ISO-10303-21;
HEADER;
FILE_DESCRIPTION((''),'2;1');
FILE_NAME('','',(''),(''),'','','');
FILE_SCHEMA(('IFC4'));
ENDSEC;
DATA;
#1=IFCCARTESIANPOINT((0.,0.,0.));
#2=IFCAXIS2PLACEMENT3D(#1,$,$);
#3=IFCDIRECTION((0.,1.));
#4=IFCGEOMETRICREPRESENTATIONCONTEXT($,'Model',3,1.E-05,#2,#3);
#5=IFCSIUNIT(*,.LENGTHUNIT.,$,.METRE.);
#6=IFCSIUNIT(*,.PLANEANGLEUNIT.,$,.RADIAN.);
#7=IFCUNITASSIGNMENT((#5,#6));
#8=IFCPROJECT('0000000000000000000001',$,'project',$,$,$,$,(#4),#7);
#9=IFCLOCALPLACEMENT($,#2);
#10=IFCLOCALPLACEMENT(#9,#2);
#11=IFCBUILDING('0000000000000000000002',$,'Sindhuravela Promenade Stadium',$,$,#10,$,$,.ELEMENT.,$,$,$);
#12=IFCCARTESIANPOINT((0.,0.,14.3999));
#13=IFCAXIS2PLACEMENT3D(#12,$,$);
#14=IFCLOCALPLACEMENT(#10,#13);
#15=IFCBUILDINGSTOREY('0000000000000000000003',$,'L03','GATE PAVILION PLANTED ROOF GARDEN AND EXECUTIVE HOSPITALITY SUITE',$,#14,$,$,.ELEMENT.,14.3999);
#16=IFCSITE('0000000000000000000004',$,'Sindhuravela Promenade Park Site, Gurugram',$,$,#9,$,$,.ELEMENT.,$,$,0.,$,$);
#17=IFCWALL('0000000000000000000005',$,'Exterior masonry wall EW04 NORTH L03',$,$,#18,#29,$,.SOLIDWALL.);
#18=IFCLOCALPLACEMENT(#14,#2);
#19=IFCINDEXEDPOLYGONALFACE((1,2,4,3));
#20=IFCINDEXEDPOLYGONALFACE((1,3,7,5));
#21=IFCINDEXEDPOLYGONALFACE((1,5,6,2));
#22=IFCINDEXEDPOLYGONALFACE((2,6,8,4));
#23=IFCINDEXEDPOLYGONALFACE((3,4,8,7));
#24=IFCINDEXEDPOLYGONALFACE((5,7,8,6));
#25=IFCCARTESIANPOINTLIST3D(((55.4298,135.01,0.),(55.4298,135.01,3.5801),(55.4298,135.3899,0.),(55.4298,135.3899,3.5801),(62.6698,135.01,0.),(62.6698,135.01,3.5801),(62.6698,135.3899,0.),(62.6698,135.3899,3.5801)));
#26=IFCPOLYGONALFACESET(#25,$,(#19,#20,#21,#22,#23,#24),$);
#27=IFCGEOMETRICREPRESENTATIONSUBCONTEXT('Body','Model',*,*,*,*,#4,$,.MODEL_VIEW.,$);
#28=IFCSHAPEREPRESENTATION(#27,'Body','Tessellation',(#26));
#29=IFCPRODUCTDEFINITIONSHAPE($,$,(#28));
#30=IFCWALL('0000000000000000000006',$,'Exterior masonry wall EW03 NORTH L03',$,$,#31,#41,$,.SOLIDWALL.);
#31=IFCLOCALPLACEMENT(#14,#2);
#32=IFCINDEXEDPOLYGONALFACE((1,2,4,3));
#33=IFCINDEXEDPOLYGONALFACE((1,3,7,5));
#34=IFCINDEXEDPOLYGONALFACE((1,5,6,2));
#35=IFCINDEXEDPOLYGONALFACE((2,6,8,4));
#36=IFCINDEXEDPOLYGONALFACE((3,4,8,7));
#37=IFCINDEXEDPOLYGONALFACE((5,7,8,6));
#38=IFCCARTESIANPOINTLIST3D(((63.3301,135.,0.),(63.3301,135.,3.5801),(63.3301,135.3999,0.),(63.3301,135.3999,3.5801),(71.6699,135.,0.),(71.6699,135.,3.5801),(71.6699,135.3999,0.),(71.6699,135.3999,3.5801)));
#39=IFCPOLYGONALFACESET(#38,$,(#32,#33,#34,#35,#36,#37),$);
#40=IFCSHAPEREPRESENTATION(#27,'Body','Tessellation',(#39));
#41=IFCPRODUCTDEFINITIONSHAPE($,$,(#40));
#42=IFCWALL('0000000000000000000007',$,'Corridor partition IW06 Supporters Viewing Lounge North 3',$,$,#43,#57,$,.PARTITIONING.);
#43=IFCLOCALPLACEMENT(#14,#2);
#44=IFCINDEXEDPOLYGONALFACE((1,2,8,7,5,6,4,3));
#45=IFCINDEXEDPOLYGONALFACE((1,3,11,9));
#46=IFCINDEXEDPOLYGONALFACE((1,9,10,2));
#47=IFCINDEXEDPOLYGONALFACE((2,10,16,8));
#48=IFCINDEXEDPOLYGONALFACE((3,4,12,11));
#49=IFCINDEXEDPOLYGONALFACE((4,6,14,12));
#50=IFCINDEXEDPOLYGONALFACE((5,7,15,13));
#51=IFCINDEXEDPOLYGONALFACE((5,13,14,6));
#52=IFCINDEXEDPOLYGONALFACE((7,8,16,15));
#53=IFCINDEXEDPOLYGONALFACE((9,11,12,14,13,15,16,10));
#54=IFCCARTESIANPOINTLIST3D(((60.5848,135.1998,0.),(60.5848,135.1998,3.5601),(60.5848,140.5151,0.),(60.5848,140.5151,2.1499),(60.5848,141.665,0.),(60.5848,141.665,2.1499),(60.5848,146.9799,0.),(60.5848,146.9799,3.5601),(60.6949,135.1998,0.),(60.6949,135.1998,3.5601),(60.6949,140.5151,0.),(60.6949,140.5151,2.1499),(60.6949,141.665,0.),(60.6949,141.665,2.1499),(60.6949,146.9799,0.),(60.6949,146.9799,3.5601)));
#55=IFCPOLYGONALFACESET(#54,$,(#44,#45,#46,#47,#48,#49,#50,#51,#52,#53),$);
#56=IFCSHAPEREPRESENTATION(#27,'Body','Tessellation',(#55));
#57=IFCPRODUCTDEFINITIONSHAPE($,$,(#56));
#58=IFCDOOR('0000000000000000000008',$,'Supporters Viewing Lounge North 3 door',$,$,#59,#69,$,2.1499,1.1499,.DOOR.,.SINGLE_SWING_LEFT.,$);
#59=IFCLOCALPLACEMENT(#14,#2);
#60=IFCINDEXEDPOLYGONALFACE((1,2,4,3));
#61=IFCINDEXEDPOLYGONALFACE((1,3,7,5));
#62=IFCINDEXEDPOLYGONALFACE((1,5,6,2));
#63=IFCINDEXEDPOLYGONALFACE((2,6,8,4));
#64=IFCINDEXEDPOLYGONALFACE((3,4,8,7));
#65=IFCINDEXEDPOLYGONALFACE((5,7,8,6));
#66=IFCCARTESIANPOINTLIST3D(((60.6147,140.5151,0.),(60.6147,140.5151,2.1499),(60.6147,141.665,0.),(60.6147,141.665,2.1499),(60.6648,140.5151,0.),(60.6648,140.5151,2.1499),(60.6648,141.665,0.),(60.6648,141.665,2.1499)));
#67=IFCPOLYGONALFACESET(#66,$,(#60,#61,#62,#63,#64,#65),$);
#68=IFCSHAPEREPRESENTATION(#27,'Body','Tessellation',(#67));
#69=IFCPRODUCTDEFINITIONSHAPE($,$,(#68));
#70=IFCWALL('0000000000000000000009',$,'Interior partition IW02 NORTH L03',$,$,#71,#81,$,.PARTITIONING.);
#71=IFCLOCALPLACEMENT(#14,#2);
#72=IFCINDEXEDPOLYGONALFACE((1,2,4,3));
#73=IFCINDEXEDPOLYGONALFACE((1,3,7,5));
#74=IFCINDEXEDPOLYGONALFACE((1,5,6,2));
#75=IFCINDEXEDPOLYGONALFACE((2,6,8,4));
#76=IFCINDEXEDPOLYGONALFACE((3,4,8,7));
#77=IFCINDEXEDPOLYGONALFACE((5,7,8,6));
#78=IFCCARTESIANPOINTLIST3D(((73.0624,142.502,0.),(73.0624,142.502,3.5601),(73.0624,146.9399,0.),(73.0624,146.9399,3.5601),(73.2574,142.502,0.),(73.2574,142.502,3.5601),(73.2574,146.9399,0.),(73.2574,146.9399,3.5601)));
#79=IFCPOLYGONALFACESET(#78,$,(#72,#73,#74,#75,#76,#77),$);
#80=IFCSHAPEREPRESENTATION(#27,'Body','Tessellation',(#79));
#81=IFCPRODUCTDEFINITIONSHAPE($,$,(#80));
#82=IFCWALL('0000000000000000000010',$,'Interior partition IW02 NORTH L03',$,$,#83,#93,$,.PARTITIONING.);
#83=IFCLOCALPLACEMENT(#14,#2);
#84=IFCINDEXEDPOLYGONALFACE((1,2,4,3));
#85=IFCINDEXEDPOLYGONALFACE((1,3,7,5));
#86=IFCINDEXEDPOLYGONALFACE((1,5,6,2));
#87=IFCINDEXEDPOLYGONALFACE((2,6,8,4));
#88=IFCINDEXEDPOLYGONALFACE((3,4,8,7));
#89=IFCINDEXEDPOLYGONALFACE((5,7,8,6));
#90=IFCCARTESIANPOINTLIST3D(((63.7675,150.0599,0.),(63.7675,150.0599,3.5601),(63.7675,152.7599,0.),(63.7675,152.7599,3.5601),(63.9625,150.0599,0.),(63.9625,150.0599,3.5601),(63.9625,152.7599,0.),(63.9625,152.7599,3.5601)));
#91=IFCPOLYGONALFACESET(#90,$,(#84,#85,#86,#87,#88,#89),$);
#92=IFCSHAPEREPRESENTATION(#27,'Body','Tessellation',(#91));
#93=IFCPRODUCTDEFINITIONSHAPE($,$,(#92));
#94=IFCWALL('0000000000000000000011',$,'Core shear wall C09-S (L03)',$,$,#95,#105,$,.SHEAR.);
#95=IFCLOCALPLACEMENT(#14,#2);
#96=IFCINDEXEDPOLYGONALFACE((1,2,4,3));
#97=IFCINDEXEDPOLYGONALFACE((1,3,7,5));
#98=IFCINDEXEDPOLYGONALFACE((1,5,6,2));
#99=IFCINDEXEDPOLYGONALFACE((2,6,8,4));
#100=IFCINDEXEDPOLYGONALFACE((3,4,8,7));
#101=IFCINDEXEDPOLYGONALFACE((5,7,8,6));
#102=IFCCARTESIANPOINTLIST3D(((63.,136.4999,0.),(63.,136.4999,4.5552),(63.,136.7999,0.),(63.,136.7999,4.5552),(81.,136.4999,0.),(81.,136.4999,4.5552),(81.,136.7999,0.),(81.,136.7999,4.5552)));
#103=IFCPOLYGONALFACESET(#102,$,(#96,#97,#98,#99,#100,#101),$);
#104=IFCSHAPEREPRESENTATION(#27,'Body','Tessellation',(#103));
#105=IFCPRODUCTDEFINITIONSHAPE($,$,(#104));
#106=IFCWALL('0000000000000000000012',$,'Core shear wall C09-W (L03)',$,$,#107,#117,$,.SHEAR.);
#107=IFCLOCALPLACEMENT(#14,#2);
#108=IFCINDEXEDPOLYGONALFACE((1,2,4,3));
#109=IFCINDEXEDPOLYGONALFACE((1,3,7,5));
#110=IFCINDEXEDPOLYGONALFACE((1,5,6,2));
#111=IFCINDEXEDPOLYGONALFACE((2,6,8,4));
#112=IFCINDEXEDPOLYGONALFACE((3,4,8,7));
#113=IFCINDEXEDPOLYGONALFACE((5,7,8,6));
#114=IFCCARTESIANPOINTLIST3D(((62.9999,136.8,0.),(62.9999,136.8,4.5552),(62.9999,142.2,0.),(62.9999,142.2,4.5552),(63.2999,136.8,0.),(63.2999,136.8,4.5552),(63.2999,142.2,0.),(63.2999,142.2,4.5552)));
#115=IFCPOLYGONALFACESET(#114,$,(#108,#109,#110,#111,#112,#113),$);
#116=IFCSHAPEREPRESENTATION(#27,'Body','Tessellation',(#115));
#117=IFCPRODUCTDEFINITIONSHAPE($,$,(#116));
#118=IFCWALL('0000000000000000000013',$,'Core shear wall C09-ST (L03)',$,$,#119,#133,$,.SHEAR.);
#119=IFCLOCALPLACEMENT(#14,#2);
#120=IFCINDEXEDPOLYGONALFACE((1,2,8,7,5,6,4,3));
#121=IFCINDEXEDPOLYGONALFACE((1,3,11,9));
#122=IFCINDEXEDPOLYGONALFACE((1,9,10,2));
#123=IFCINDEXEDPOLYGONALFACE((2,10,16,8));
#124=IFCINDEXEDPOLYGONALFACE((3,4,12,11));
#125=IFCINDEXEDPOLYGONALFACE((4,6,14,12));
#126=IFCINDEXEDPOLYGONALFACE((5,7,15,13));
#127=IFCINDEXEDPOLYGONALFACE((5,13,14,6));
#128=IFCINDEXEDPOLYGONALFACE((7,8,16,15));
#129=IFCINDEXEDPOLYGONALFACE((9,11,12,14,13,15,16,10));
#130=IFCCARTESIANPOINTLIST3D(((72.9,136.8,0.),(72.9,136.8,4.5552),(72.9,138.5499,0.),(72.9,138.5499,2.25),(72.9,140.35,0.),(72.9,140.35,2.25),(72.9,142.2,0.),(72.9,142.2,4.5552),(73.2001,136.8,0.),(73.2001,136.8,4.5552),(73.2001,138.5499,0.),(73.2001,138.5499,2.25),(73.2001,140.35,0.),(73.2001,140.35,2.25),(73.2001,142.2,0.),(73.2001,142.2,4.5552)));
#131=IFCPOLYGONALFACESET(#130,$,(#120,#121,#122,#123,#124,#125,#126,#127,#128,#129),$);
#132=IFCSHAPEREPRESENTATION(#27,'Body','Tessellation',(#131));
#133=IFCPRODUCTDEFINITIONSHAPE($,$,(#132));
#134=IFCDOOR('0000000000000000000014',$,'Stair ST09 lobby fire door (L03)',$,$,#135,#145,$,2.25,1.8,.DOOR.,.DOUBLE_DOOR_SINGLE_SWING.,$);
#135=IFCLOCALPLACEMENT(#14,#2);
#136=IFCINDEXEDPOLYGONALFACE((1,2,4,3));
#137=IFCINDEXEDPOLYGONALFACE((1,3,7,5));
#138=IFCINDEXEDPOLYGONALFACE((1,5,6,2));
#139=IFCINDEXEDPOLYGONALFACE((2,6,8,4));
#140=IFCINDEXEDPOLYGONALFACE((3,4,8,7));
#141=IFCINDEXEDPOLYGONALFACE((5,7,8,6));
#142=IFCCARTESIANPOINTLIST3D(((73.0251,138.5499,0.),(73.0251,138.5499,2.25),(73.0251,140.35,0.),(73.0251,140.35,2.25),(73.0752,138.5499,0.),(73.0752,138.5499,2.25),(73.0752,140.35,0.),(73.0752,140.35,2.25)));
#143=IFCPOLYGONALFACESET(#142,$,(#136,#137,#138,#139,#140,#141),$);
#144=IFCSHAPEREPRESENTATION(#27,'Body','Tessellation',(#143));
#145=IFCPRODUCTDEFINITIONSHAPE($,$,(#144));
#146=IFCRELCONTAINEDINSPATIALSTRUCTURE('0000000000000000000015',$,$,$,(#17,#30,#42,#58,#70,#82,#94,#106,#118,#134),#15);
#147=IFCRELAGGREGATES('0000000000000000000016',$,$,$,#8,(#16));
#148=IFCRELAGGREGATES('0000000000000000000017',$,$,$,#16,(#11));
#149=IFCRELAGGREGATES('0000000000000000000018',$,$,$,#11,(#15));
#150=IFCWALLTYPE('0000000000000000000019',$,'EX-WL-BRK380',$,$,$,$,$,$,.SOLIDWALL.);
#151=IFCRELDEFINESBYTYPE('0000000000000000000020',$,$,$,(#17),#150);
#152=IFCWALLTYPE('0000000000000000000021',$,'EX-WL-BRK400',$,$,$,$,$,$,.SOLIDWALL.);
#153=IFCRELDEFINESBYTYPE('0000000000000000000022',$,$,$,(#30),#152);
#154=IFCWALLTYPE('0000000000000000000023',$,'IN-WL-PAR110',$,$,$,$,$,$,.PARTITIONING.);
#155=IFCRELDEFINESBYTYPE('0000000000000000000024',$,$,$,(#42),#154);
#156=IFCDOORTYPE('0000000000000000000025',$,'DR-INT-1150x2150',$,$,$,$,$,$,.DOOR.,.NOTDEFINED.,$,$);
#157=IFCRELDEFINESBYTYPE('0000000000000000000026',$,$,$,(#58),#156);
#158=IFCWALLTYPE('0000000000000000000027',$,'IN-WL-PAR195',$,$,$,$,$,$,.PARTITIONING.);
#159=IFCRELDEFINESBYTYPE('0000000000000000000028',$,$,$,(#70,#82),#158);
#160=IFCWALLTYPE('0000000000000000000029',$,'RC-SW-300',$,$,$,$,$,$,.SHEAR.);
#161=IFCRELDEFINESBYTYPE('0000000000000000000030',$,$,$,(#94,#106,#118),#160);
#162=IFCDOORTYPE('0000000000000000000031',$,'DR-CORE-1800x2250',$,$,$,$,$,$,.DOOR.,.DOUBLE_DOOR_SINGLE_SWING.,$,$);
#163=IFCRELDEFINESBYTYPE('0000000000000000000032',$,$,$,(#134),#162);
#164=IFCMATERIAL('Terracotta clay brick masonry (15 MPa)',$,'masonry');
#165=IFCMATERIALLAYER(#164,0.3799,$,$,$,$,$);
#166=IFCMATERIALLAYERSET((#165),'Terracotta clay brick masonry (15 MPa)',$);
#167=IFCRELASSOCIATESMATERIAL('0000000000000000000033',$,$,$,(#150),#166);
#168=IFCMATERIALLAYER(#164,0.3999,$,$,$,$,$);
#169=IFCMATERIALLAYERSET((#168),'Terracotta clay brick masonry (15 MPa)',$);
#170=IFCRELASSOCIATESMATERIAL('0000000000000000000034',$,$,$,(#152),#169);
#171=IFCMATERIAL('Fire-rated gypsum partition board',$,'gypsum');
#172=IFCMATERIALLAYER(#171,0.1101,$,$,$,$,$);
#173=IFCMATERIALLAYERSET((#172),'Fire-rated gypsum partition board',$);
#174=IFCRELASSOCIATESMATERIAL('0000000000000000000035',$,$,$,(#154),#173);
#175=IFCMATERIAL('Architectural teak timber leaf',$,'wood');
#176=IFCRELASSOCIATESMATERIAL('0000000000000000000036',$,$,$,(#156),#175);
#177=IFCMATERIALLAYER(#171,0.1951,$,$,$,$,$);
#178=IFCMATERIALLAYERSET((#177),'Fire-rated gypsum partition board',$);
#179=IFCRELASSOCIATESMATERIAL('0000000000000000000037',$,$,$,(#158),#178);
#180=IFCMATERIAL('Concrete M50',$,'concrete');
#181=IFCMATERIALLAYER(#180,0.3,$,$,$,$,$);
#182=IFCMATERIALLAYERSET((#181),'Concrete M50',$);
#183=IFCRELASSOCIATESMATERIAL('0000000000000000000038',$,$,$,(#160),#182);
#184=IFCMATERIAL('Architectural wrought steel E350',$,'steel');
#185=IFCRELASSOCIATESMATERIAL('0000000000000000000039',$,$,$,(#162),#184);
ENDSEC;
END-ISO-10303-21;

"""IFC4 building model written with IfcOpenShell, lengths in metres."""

from ifc_helpers import new_model, si_unit, direction, frame, frame_2d, origin, place, context, subcontext, project, spatial, rectangle, extrude, material, layer, layer_set, type_object, element, fill, save


model = new_model("IFC4")

# Units and contexts
model_context = context("Model", 3, precision=1e-05, world=origin(), true_north=direction((0.0, 1.0)))
body_context = subcontext(model_context, "Body", "Model", "MODEL_VIEW")
ifc_project = project(units=[si_unit("LENGTHUNIT", "METRE"), si_unit("PLANEANGLEUNIT", "RADIAN")], contexts=[model_context])

# Site, building, storey
site_placement = place(None, origin())
site = spatial("IfcSite", under=ifc_project, at=site_placement, Name="Sindhuravela Promenade Park Site, Gurugram", CompositionType="ELEMENT", RefElevation=0.0)
building_placement = place(site_placement, origin())
building = spatial("IfcBuilding", under=site, at=building_placement, Name="Sindhuravela Promenade Stadium", CompositionType="ELEMENT")
storey_placement = place(building_placement, frame((0.0, 0.0, 14.3999)))
storey = spatial("IfcBuildingStorey", under=building, at=storey_placement, Name="L03", Description="GATE PAVILION PLANTED ROOF GARDEN AND EXECUTIVE HOSPITALITY SUITE", CompositionType="ELEMENT", Elevation=14.3999)

# Shared definitions
ifc_material_1 = material(Name="Terracotta clay brick masonry (15 MPa)", Category="masonry")
ifc_layer_1 = layer(ifc_material_1, 0.3799)
ifc_layer_set_1 = layer_set([ifc_layer_1], Name="Terracotta clay brick masonry (15 MPa)")
wall_type_1 = type_object("IfcWallType", Name="EX-WL-BRK380", PredefinedType="SOLIDWALL", material=ifc_layer_set_1)

# Walls
wall_1_placement = place(storey_placement, frame((62.6699, 135.2, 0.0), z_axis=(0.0, 0.0, 1.0), x_axis=(-1.0, 0.0, 0.0)))
element("IfcWall", 1, at=wall_1_placement, inside=storey, type_object=wall_type_1, Name="Exterior masonry wall EW04 NORTH L03", PredefinedType="SOLIDWALL", context=body_context, shape_type="SweptSolid", body=[
    extrude(rectangle(XDim=7.24, YDim=0.3799, at=frame_2d((3.6201, 0.0))), origin(), (0.0, 0.0, 1.0), 3.5801),
])
ifc_layer_2 = layer(ifc_material_1, 0.3999)
ifc_layer_set_2 = layer_set([ifc_layer_2], Name="Terracotta clay brick masonry (15 MPa)")
wall_type_2 = type_object("IfcWallType", Name="EX-WL-BRK400", PredefinedType="SOLIDWALL", material=ifc_layer_set_2)
wall_2_placement = place(storey_placement, frame((71.6699, 135.2, 0.0), z_axis=(0.0, 0.0, 1.0), x_axis=(-1.0, 0.0, 0.0)))
element("IfcWall", 2, at=wall_2_placement, inside=storey, type_object=wall_type_2, Name="Exterior masonry wall EW03 NORTH L03", PredefinedType="SOLIDWALL", context=body_context, shape_type="SweptSolid", body=[
    extrude(rectangle(XDim=8.3398, YDim=0.3999, at=frame_2d((4.1699, 0.0))), origin(), (0.0, 0.0, 1.0), 3.5801),
])

# Wall, opening, door
ifc_material_2 = material(Name="Fire-rated gypsum partition board", Category="gypsum")
ifc_layer_3 = layer(ifc_material_2, 0.1101)
ifc_layer_set_3 = layer_set([ifc_layer_3], Name="Fire-rated gypsum partition board")
wall_type_3 = type_object("IfcWallType", Name="IN-WL-PAR110", PredefinedType="PARTITIONING", material=ifc_layer_set_3)
wall_3_placement = place(storey_placement, frame((60.6399, 146.98, 0.0), z_axis=(0.0, 0.0, 1.0), x_axis=(0.0, -1.0, 0.0)))
wall_3 = element("IfcWall", 3, at=wall_3_placement, inside=storey, type_object=wall_type_3, Name="Corridor partition IW06 Supporters Viewing Lounge North 3", PredefinedType="PARTITIONING", context=body_context, shape_type="SweptSolid", body=[
    extrude(rectangle(XDim=11.78, YDim=0.1101, at=frame_2d((5.8901, 0.0))), origin(), (0.0, 0.0, 1.0), 3.5601),
])
opening_1_placement = place(wall_3_placement, frame((5.3149, 0.0, 0.0)))
opening_1 = element("IfcOpeningElement", 4, at=opening_1_placement, cuts=wall_3, PredefinedType="OPENING", context=body_context, shape_type="SweptSolid", body=[
    extrude(rectangle(XDim=1.1499, YDim=2.1499, at=frame_2d((0.575, 1.075))), frame((0.0, 0.0649, 0.0), z_axis=(0.0, -1.0, 0.0), x_axis=(1.0, 0.0, 0.0)), (0.0, 0.0, 1.0), 0.1301),
])
ifc_material_3 = material(Name="Architectural teak timber leaf", Category="wood")
door_type_1 = type_object("IfcDoorType", Name="DR-INT-1150x2150", OperationType="NOTDEFINED", PredefinedType="DOOR", material=ifc_material_3)
door_1_placement = place(opening_1_placement, origin())
door_1 = element("IfcDoor", 5, at=door_1_placement, inside=storey, type_object=door_type_1, Name="Supporters Viewing Lounge North 3 door", OperationType="SINGLE_SWING_LEFT", OverallHeight=2.1499, OverallWidth=1.1499, PredefinedType="DOOR", context=body_context, shape_type="SweptSolid", body=[
    extrude(rectangle(XDim=1.1499, YDim=2.1499, at=frame_2d((0.575, 1.075))), frame((0.0, 0.0249, 0.0), z_axis=(0.0, -1.0, 0.0), x_axis=(1.0, 0.0, 0.0)), (0.0, 0.0, 1.0), 0.05),
])
fill(opening_1, door_1)

# Walls
ifc_layer_4 = layer(ifc_material_2, 0.1951)
ifc_layer_set_4 = layer_set([ifc_layer_4], Name="Fire-rated gypsum partition board")
wall_type_4 = type_object("IfcWallType", Name="IN-WL-PAR195", PredefinedType="PARTITIONING", material=ifc_layer_set_4)
wall_4_placement = place(storey_placement, frame((73.1599, 146.9399, 0.0), z_axis=(0.0, 0.0, 1.0), x_axis=(0.0, -1.0, 0.0)))
element("IfcWall", 6, at=wall_4_placement, inside=storey, type_object=wall_type_4, Name="Interior partition IW02 NORTH L03", PredefinedType="PARTITIONING", context=body_context, shape_type="SweptSolid", body=[
    extrude(rectangle(XDim=4.438, YDim=0.1951, at=frame_2d((2.219, 0.0))), origin(), (0.0, 0.0, 1.0), 3.5601),
])
wall_5_placement = place(storey_placement, frame((63.865, 152.76, 0.0), z_axis=(0.0, 0.0, 1.0), x_axis=(0.0, -1.0, 0.0)))
element("IfcWall", 7, at=wall_5_placement, inside=storey, type_object=wall_type_4, Name="Interior partition IW02 NORTH L03", PredefinedType="PARTITIONING", context=body_context, shape_type="SweptSolid", body=[
    extrude(rectangle(XDim=2.7, YDim=0.1951, at=frame_2d((1.3501, 0.0))), origin(), (0.0, 0.0, 1.0), 3.5601),
])
ifc_material_4 = material(Name="Concrete M50", Category="concrete")
ifc_layer_5 = layer(ifc_material_4, 0.3)
ifc_layer_set_5 = layer_set([ifc_layer_5], Name="Concrete M50")
wall_type_5 = type_object("IfcWallType", Name="RC-SW-300", PredefinedType="SHEAR", material=ifc_layer_set_5)
wall_6_placement = place(storey_placement, frame((63.0, 136.6499, 0.0), z_axis=(0.0, 0.0, 1.0), x_axis=(1.0, 0.0, 0.0)))
element("IfcWall", 8, at=wall_6_placement, inside=storey, type_object=wall_type_5, Name="Core shear wall C09-S (L03)", PredefinedType="SHEAR", context=body_context, shape_type="SweptSolid", body=[
    extrude(rectangle(XDim=18.0, YDim=0.3, at=frame_2d((9.0, 0.0))), origin(), (0.0, 0.0, 1.0), 4.5552),
])
wall_7_placement = place(storey_placement, frame((63.1499, 142.2, 0.0), z_axis=(0.0, 0.0, 1.0), x_axis=(0.0, -1.0, 0.0)))
element("IfcWall", 9, at=wall_7_placement, inside=storey, type_object=wall_type_5, Name="Core shear wall C09-W (L03)", PredefinedType="SHEAR", context=body_context, shape_type="SweptSolid", body=[
    extrude(rectangle(XDim=5.3999, YDim=0.3, at=frame_2d((2.7, 0.0))), origin(), (0.0, 0.0, 1.0), 4.5552),
])

# Wall, opening, door
wall_8_placement = place(storey_placement, frame((73.05, 136.8, 0.0), z_axis=(0.0, 0.0, 1.0), x_axis=(0.0, 1.0, 0.0)))
wall_8 = element("IfcWall", 10, at=wall_8_placement, inside=storey, type_object=wall_type_5, Name="Core shear wall C09-ST (L03)", PredefinedType="SHEAR", context=body_context, shape_type="SweptSolid", body=[
    extrude(rectangle(XDim=5.3999, YDim=0.3, at=frame_2d((2.7, 0.0))), origin(), (0.0, 0.0, 1.0), 4.5552),
])
opening_2_placement = place(wall_8_placement, frame((1.75, 0.0, 0.0)))
opening_2 = element("IfcOpeningElement", 11, at=opening_2_placement, cuts=wall_8, PredefinedType="OPENING", context=body_context, shape_type="SweptSolid", body=[
    extrude(rectangle(XDim=1.8, YDim=2.25, at=frame_2d((0.8999, 1.125))), frame((0.0, 0.1599, 0.0), z_axis=(0.0, -1.0, 0.0), x_axis=(1.0, 0.0, 0.0)), (0.0, 0.0, 1.0), 0.3201),
])
ifc_material_5 = material(Name="Architectural wrought steel E350", Category="steel")
door_type_2 = type_object("IfcDoorType", Name="DR-CORE-1800x2250", OperationType="DOUBLE_DOOR_SINGLE_SWING", PredefinedType="DOOR", material=ifc_material_5)
door_2_placement = place(opening_2_placement, origin())
door_2 = element("IfcDoor", 12, at=door_2_placement, inside=storey, type_object=door_type_2, Name="Stair ST09 lobby fire door (L03)", OperationType="DOUBLE_DOOR_SINGLE_SWING", OverallHeight=2.25, OverallWidth=1.8, PredefinedType="DOOR", context=body_context, shape_type="SweptSolid", body=[
    extrude(rectangle(XDim=1.8, YDim=2.25, at=frame_2d((0.8999, 1.125))), frame((0.0, 0.0249, 0.0), z_axis=(0.0, -1.0, 0.0), x_axis=(1.0, 0.0, 0.0)), (0.0, 0.0, 1.0), 0.05),
])
fill(opening_2, door_2)

save(model, "model.ifc")
